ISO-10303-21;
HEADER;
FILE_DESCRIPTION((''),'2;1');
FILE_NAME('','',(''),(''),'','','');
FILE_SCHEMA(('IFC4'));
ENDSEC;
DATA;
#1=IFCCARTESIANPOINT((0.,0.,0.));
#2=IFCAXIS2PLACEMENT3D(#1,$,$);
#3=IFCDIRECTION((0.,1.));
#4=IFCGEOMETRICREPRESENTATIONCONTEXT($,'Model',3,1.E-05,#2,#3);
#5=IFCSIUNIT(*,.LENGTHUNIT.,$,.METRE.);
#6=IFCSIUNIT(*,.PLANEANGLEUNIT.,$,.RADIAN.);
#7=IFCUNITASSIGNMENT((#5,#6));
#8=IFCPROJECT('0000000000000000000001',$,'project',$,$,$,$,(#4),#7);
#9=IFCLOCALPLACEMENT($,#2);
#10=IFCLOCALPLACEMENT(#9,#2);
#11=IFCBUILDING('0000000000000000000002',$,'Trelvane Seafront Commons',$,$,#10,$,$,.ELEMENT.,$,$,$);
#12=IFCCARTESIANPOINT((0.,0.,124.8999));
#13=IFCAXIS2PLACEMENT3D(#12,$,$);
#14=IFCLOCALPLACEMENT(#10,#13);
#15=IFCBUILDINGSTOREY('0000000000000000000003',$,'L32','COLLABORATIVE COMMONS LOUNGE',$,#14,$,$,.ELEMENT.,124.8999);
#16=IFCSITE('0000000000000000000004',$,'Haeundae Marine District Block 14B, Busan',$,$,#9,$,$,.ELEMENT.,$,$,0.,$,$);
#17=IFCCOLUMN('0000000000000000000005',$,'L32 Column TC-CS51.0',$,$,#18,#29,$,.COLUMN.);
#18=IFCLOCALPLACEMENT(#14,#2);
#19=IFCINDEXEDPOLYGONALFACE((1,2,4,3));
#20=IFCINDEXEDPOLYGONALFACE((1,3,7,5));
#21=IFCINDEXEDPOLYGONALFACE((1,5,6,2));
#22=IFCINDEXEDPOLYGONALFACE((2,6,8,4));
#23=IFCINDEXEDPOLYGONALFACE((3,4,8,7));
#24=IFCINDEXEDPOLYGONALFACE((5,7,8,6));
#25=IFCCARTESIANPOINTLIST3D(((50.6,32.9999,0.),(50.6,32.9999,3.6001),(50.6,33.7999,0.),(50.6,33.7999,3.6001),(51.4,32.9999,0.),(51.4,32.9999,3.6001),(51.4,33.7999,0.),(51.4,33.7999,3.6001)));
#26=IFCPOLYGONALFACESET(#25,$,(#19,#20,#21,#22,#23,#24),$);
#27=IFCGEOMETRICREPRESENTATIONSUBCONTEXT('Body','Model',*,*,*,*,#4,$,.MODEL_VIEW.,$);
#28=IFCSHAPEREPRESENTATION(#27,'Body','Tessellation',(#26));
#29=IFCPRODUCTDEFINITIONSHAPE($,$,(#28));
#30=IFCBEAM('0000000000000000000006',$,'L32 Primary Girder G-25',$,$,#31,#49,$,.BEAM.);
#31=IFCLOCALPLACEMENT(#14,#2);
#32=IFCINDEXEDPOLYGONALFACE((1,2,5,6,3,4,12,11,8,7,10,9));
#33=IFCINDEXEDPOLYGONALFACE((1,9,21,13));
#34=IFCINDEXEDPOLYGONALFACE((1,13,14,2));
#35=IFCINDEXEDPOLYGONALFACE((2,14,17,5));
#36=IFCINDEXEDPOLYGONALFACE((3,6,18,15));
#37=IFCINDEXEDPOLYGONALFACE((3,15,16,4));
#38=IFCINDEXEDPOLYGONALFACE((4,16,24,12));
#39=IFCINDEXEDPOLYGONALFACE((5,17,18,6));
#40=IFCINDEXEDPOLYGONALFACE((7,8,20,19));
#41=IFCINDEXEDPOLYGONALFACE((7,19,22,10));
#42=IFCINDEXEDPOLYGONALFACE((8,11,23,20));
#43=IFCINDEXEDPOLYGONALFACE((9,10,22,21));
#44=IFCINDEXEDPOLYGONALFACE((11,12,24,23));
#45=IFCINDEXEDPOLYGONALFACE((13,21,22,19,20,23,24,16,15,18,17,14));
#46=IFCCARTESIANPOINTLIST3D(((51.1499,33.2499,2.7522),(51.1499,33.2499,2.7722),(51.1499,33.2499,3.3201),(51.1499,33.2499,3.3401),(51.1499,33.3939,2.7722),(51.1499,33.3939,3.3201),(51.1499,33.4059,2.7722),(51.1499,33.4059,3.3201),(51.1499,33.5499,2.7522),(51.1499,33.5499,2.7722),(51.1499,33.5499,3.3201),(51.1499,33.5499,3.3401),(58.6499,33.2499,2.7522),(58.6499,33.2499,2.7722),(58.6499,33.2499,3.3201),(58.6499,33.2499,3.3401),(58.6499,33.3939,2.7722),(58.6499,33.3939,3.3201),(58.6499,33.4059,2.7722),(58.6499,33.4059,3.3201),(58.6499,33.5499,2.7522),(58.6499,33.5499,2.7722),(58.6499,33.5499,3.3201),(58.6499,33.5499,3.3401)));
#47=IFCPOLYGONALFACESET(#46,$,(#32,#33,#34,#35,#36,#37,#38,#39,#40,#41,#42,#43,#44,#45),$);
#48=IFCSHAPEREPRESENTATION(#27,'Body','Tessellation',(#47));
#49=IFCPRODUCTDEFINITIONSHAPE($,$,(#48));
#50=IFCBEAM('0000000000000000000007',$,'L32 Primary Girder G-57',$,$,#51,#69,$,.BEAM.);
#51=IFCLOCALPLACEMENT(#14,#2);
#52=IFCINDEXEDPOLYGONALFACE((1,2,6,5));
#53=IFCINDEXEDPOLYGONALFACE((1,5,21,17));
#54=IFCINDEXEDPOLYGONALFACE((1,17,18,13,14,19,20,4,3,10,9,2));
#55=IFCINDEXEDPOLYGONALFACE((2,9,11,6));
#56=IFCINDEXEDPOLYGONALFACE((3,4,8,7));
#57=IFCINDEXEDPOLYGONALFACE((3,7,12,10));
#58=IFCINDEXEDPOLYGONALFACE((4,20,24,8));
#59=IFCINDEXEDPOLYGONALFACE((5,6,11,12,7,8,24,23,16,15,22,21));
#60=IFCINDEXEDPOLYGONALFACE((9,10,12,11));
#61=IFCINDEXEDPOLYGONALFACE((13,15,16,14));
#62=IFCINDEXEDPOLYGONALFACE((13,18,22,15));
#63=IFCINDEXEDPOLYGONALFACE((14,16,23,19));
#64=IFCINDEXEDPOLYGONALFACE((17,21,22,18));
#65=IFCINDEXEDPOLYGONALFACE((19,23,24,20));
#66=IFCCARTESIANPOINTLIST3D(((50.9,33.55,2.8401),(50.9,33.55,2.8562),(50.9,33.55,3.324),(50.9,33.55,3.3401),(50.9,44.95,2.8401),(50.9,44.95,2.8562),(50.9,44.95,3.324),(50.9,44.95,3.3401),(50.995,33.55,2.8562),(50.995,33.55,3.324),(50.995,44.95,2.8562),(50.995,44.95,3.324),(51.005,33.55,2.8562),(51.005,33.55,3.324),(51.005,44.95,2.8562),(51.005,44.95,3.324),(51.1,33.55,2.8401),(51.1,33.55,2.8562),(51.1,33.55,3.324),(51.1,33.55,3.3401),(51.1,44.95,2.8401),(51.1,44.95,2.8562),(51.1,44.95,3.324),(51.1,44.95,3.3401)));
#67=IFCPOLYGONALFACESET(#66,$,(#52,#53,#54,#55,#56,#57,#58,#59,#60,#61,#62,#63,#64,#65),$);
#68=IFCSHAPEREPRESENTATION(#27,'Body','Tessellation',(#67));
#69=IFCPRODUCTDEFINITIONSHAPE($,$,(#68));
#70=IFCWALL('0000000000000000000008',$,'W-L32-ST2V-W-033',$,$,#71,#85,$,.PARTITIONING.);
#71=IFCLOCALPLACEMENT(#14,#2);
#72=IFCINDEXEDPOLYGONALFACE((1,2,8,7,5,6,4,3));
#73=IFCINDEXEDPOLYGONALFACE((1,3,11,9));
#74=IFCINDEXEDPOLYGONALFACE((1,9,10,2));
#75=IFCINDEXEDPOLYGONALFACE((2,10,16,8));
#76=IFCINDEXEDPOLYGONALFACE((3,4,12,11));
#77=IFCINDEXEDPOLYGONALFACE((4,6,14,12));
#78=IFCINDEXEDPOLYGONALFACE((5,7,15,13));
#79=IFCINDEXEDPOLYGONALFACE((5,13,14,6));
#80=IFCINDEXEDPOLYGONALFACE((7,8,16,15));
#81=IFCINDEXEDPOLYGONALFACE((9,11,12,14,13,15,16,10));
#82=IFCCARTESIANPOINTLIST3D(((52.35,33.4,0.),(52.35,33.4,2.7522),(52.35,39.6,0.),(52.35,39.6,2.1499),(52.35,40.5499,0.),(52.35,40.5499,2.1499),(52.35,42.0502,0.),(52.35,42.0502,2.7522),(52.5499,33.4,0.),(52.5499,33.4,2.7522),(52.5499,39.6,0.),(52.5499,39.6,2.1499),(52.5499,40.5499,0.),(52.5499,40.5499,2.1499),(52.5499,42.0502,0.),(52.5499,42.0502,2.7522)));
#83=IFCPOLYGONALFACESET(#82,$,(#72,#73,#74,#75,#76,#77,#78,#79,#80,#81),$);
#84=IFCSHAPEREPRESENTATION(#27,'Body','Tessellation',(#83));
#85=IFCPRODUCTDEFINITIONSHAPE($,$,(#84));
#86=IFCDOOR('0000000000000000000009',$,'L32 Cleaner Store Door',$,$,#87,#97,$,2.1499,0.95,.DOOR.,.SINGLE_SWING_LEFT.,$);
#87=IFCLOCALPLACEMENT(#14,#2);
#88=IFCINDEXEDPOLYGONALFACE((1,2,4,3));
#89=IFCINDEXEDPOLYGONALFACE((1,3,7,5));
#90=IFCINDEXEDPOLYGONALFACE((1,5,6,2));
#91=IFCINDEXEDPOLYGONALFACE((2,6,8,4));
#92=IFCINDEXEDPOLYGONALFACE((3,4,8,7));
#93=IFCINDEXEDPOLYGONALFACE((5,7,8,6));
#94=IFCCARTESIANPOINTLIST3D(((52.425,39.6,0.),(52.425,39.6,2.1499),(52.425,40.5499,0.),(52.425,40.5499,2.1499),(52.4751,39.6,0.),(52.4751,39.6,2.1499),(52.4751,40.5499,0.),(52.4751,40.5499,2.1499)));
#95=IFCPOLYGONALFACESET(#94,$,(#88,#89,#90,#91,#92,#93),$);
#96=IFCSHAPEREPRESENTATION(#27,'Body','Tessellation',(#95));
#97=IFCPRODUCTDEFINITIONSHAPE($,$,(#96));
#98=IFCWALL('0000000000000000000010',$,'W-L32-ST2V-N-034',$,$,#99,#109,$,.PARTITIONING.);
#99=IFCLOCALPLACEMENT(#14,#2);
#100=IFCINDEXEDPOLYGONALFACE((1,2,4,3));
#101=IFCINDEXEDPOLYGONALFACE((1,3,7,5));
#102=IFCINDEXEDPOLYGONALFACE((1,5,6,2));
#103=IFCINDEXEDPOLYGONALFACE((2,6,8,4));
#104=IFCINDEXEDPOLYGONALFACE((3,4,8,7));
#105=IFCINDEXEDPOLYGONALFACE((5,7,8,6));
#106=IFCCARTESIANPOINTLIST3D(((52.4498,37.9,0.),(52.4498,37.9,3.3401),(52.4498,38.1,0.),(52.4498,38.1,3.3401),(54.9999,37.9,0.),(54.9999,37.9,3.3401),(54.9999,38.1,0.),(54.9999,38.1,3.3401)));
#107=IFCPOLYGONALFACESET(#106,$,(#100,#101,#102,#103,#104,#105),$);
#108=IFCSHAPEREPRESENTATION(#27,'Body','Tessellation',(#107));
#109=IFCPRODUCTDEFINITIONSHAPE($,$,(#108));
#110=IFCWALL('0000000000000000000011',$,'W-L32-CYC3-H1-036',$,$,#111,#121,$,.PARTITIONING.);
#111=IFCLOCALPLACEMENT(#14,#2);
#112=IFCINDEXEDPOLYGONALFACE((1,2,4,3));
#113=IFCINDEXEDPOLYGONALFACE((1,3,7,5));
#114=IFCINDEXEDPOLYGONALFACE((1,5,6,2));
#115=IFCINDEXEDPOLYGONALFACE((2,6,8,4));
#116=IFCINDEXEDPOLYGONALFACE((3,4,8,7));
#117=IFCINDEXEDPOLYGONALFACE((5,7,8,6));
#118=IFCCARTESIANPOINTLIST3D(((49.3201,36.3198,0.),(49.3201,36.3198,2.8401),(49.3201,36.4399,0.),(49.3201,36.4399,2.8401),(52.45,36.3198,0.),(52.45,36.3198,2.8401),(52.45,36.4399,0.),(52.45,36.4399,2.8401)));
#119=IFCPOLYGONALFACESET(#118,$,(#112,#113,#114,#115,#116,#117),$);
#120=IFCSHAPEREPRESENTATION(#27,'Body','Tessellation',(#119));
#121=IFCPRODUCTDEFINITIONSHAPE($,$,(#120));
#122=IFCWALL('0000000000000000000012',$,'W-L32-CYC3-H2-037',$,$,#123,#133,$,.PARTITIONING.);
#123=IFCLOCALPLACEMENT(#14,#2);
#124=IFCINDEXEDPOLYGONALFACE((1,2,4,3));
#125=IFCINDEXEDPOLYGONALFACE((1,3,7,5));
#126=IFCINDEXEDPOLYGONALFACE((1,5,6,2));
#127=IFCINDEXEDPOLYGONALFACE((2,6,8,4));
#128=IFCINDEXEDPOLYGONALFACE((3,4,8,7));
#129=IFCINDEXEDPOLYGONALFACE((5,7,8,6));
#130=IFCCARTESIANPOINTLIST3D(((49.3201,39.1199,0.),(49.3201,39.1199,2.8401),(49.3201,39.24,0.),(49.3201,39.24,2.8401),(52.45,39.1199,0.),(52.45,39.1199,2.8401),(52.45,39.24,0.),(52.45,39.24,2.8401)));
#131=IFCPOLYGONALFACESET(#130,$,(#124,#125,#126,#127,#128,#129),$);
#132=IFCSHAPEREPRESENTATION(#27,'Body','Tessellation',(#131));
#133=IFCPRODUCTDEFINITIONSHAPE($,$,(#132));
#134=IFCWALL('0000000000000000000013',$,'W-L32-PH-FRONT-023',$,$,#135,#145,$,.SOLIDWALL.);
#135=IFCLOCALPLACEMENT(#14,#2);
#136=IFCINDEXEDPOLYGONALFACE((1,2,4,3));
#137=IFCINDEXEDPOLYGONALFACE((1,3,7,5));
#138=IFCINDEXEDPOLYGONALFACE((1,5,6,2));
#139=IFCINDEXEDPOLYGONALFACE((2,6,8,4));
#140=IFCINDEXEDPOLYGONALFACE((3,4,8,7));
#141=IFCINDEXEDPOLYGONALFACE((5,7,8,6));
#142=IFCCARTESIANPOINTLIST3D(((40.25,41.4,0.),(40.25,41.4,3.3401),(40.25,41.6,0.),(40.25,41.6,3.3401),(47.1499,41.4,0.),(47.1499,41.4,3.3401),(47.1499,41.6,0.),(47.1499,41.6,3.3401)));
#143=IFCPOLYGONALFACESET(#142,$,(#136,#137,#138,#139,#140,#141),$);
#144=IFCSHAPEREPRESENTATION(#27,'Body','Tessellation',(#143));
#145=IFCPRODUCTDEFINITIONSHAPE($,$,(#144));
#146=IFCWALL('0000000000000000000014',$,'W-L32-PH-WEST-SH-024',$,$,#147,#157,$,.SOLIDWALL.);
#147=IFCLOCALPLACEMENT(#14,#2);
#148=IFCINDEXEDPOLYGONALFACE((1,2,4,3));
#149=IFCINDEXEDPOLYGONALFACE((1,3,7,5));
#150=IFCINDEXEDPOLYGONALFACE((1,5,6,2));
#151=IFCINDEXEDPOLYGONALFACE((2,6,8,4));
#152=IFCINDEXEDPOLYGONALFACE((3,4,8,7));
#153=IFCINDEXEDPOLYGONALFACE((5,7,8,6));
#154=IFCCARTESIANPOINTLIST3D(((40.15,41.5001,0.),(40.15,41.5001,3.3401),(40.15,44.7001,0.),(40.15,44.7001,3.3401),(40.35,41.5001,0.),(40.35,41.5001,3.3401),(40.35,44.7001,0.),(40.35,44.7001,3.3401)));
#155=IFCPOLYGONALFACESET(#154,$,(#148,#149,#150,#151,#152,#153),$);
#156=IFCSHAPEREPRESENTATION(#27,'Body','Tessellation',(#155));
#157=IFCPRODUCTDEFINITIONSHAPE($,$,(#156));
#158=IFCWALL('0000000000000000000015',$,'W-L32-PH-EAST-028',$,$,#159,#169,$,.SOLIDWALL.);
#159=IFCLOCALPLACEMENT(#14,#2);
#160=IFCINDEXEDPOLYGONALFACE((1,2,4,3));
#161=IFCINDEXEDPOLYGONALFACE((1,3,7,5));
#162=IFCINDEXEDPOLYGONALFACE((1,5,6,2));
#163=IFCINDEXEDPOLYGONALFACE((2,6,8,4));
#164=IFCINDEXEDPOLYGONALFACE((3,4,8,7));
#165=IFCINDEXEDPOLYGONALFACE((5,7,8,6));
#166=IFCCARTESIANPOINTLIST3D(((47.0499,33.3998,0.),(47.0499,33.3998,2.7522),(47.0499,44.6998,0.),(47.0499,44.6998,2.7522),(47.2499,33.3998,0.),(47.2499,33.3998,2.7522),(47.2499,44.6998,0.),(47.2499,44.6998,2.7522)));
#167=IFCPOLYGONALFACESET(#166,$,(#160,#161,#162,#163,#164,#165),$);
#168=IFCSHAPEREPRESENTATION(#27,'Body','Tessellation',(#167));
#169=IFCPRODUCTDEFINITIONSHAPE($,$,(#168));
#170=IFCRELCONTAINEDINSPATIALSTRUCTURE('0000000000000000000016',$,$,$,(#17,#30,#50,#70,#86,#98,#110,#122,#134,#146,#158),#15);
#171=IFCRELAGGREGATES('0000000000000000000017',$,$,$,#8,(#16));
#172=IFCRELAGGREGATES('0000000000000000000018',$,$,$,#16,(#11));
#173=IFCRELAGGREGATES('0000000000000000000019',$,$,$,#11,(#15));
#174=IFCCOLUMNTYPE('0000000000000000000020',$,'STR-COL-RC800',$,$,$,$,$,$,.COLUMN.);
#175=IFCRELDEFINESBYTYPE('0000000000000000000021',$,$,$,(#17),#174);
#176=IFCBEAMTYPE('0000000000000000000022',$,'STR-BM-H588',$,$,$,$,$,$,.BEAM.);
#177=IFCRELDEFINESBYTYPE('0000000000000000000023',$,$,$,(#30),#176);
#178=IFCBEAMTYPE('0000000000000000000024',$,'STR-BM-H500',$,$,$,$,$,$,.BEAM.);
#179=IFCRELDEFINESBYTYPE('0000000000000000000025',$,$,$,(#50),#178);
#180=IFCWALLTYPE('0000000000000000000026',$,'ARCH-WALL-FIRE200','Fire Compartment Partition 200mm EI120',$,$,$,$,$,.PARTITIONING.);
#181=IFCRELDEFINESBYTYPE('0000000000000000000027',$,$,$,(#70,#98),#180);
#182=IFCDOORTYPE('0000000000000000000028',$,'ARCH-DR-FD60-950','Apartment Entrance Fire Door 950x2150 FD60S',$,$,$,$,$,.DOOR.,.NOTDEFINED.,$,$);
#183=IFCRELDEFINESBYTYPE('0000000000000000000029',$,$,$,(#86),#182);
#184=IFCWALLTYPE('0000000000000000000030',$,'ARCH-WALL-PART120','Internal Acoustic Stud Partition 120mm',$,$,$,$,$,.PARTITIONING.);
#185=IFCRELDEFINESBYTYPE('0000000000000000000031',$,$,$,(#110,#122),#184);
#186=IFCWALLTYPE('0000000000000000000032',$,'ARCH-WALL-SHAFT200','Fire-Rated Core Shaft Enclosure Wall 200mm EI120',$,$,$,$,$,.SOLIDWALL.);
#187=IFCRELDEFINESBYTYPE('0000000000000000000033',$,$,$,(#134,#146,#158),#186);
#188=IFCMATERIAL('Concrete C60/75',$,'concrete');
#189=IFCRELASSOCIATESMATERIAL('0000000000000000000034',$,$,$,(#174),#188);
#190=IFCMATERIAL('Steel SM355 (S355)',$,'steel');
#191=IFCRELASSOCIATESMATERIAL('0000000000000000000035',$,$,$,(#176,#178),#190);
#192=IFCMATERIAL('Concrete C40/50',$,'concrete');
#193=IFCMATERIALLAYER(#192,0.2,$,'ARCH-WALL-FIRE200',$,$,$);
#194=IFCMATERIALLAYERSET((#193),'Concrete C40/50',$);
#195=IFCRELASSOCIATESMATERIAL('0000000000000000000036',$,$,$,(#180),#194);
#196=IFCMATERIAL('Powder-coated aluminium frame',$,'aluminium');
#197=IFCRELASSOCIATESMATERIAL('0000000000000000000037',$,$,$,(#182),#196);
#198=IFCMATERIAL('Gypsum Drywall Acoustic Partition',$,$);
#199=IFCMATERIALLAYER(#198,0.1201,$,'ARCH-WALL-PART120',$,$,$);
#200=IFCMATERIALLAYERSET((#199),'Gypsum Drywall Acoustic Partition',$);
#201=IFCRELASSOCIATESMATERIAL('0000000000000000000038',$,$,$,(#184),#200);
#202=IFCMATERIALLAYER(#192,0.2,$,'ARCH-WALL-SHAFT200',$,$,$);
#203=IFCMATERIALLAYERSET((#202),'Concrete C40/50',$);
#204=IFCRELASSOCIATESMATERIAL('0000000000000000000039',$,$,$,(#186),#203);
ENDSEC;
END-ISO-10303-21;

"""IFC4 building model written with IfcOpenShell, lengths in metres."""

from ifc_helpers import new_model, si_unit, direction, frame, frame_2d, origin, origin_2d, place, context, subcontext, project, spatial, rectangle, i_section, extrude, source, transform, mapped, material, layer, layer_set, material_profile, profile_set, type_object, element, fill, save


model = new_model("IFC4")

# Units and contexts
model_context = context("Model", 3, precision=1e-05, world=origin(), true_north=direction((0.0, 1.0)))
body_context = subcontext(model_context, "Body", "Model", "MODEL_VIEW")
ifc_project = project(units=[si_unit("LENGTHUNIT", "METRE"), si_unit("PLANEANGLEUNIT", "RADIAN")], contexts=[model_context])

# Site, building, storey
site_placement = place(None, origin())
site = spatial("IfcSite", under=ifc_project, at=site_placement, Name="Haeundae Marine District Block 14B, Busan", CompositionType="ELEMENT", RefElevation=0.0)
building_placement = place(site_placement, origin())
building = spatial("IfcBuilding", under=site, at=building_placement, Name="Trelvane Seafront Commons", CompositionType="ELEMENT")
storey_placement = place(building_placement, frame((0.0, 0.0, 124.8999)))
storey = spatial("IfcBuildingStorey", under=building, at=storey_placement, Name="L32", Description="COLLABORATIVE COMMONS LOUNGE", CompositionType="ELEMENT", Elevation=124.8999)

# Column
ifc_material_1 = material(Name="Concrete C60/75", Category="concrete")
ifc_material_profile_1 = material_profile(ifc_material_1, rectangle(XDim=0.8, YDim=0.8, at=origin_2d()), Name="RC-800x800")
ifc_profile_set_1 = profile_set([ifc_material_profile_1], Name="Concrete C60/75")
column_type = type_object("IfcColumnType", Name="STR-COL-RC800", PredefinedType="COLUMN", material=ifc_profile_set_1)
shared_shape_1 = source(origin(), body_context, "Body", "SweptSolid", [
    extrude(rectangle(XDim=0.8, YDim=0.8, at=origin_2d()), origin(), (0.0, 0.0, 1.0), 3.6001),
])
column_placement = place(storey_placement, frame((51.0, 33.3999, 0.0), z_axis=(0.0, 0.0, 1.0), x_axis=(1.0, 0.0, 0.0)))
element("IfcColumn", 1, at=column_placement, inside=storey, type_object=column_type, Name="L32 Column TC-CS51.0", PredefinedType="COLUMN", context=body_context, shape_type="MappedRepresentation", body=[
    mapped(shared_shape_1, transform((0.0, 0.0, 0.0), x_axis=(1.0, 0.0, 0.0), y_axis=(0.0, 1.0, 0.0), z_axis=(0.0, 0.0, 1.0), scale=1.0)),
])

# Beams
ifc_material_2 = material(Name="Steel SM355 (S355)", Category="steel")
ifc_material_profile_2 = material_profile(ifc_material_2, i_section(OverallWidth=0.3, OverallDepth=0.5879, WebThickness=0.012, FlangeThickness=0.02, at=origin_2d()), Name="H-588x300x12x20")
ifc_profile_set_2 = profile_set([ifc_material_profile_2], Name="Steel SM355 (S355)")
beam_type_1 = type_object("IfcBeamType", Name="STR-BM-H588", PredefinedType="BEAM", material=ifc_profile_set_2)
shared_shape_2 = source(origin(), body_context, "Body", "SweptSolid", [
    extrude(i_section(OverallWidth=0.3, OverallDepth=0.5879, WebThickness=0.012, FlangeThickness=0.02, at=origin_2d()), origin(), (0.0, 0.0, 1.0), 7.5),
])
beam_1_placement = place(storey_placement, frame((51.1499, 33.3999, 3.0461), z_axis=(1.0, 0.0, 0.0), x_axis=(0.0, 1.0, 0.0)))
element("IfcBeam", 2, at=beam_1_placement, inside=storey, type_object=beam_type_1, Name="L32 Primary Girder G-25", PredefinedType="BEAM", context=body_context, shape_type="MappedRepresentation", body=[
    mapped(shared_shape_2, transform((0.0, 0.0, 0.0), x_axis=(1.0, 0.0, 0.0), y_axis=(0.0, 1.0, 0.0), z_axis=(0.0, 0.0, 1.0), scale=1.0)),
])
ifc_material_profile_3 = material_profile(ifc_material_2, i_section(OverallWidth=0.2, OverallDepth=0.5, WebThickness=0.01, FlangeThickness=0.0161, at=origin_2d()), Name="H-500x200x10x16")
ifc_profile_set_3 = profile_set([ifc_material_profile_3], Name="Steel SM355 (S355)")
beam_type_2 = type_object("IfcBeamType", Name="STR-BM-H500", PredefinedType="BEAM", material=ifc_profile_set_3)
shared_shape_3 = source(origin(), body_context, "Body", "SweptSolid", [
    extrude(i_section(OverallWidth=0.2, OverallDepth=0.5, WebThickness=0.01, FlangeThickness=0.0161, at=origin_2d()), origin(), (0.0, 0.0, 1.0), 11.3999),
])
beam_2_placement = place(storey_placement, frame((51.0, 33.55, 3.0901), z_axis=(0.0, 1.0, 0.0), x_axis=(-1.0, 0.0, 0.0)))
element("IfcBeam", 3, at=beam_2_placement, inside=storey, type_object=beam_type_2, Name="L32 Primary Girder G-57", PredefinedType="BEAM", context=body_context, shape_type="MappedRepresentation", body=[
    mapped(shared_shape_3, transform((0.0, 0.0, 0.0), x_axis=(1.0, 0.0, 0.0), y_axis=(0.0, 1.0, 0.0), z_axis=(0.0, 0.0, 1.0), scale=1.0)),
])

# Wall, opening, door
ifc_material_3 = material(Name="Concrete C40/50", Category="concrete")
ifc_layer_1 = layer(ifc_material_3, 0.2, Name="ARCH-WALL-FIRE200")
ifc_layer_set_1 = layer_set([ifc_layer_1], Name="Concrete C40/50")
wall_type_1 = type_object("IfcWallType", Name="ARCH-WALL-FIRE200", Description="Fire Compartment Partition 200mm EI120", PredefinedType="PARTITIONING", material=ifc_layer_set_1)
wall_1_placement = place(storey_placement, frame((52.45, 33.3999, 0.0), z_axis=(0.0, 0.0, 1.0), x_axis=(0.0, 1.0, 0.0)))
wall_1 = element("IfcWall", 4, at=wall_1_placement, inside=storey, type_object=wall_type_1, Name="W-L32-ST2V-W-033", PredefinedType="PARTITIONING", context=body_context, shape_type="SweptSolid", body=[
    extrude(rectangle(XDim=8.6501, YDim=0.2, at=frame_2d((4.3252, 0.0))), origin(), (0.0, 0.0, 1.0), 2.7522),
])
opening_1_placement = place(wall_1_placement, frame((6.2, 0.0, 0.0)))
opening_1 = element("IfcOpeningElement", 5, at=opening_1_placement, cuts=wall_1, PredefinedType="OPENING", context=body_context, shape_type="SweptSolid", body=[
    extrude(rectangle(XDim=0.95, YDim=2.1499, at=frame_2d((0.4751, 1.075))), frame((0.0, 0.1099, 0.0), z_axis=(0.0, -1.0, 0.0), x_axis=(1.0, 0.0, 0.0)), (0.0, 0.0, 1.0), 0.22),
])
ifc_material_4 = material(Name="Powder-coated aluminium frame", Category="aluminium")
door_type_1 = type_object("IfcDoorType", Name="ARCH-DR-FD60-950", Description="Apartment Entrance Fire Door 950x2150 FD60S", OperationType="NOTDEFINED", PredefinedType="DOOR", material=ifc_material_4)
shared_shape_4 = source(origin(), body_context, "Body", "SweptSolid", [
    extrude(rectangle(XDim=0.95, YDim=2.1499, at=frame_2d((0.4751, 1.075))), frame((0.0, 0.0249, 0.0), z_axis=(0.0, -1.0, 0.0), x_axis=(1.0, 0.0, 0.0)), (0.0, 0.0, 1.0), 0.05),
])
door_1_placement = place(opening_1_placement, origin())
door_1 = element("IfcDoor", 6, at=door_1_placement, inside=storey, type_object=door_type_1, Name="L32 Cleaner Store Door", OperationType="SINGLE_SWING_LEFT", OverallHeight=2.1499, OverallWidth=0.95, PredefinedType="DOOR", context=body_context, shape_type="MappedRepresentation", body=[
    mapped(shared_shape_4, transform((0.0, 0.0, 0.0), x_axis=(1.0, 0.0, 0.0), y_axis=(0.0, 1.0, 0.0), z_axis=(0.0, 0.0, 1.0), scale=1.0)),
])
fill(opening_1, door_1)

# Wall
wall_2_placement = place(storey_placement, frame((52.45, 38.0, 0.0), z_axis=(0.0, 0.0, 1.0), x_axis=(1.0, 0.0, 0.0)))
element("IfcWall", 7, at=wall_2_placement, inside=storey, type_object=wall_type_1, Name="W-L32-ST2V-N-034", PredefinedType="PARTITIONING", context=body_context, shape_type="SweptSolid", body=[
    extrude(rectangle(XDim=2.55, YDim=0.2, at=frame_2d((1.2749, 0.0))), origin(), (0.0, 0.0, 1.0), 3.3401),
])

# Shared definitions
ifc_material_5 = material(Name="Gypsum Drywall Acoustic Partition")
ifc_layer_2 = layer(ifc_material_5, 0.1201, Name="ARCH-WALL-PART120")
ifc_layer_set_2 = layer_set([ifc_layer_2], Name="Gypsum Drywall Acoustic Partition")
wall_type_2 = type_object("IfcWallType", Name="ARCH-WALL-PART120", Description="Internal Acoustic Stud Partition 120mm", PredefinedType="PARTITIONING", material=ifc_layer_set_2)

# Walls
for number, where, z_axis, x_axis, name in (
    (8, (49.3201, 36.3799, 0.0), (0.0, 0.0, 1.0), (1.0, 0.0, 0.0), "W-L32-CYC3-H1-036"),
    (9, (49.3201, 39.1799, 0.0), (0.0, 0.0, 1.0), (1.0, 0.0, 0.0), "W-L32-CYC3-H2-037"),
):
    element("IfcWall", number, at=place(storey_placement, frame(where, z_axis=z_axis, x_axis=x_axis)), inside=storey, type_object=wall_type_2, Name=name, PredefinedType="PARTITIONING", context=body_context, shape_type="SweptSolid", body=[
        extrude(rectangle(XDim=3.1299, YDim=0.1201, at=frame_2d((1.5649, 0.0))), origin(), (0.0, 0.0, 1.0), 2.8401),
    ])
ifc_layer_3 = layer(ifc_material_3, 0.2, Name="ARCH-WALL-SHAFT200")
ifc_layer_set_3 = layer_set([ifc_layer_3], Name="Concrete C40/50")
wall_type_3 = type_object("IfcWallType", Name="ARCH-WALL-SHAFT200", Description="Fire-Rated Core Shaft Enclosure Wall 200mm EI120", PredefinedType="SOLIDWALL", material=ifc_layer_set_3)
wall_3_placement = place(storey_placement, frame((40.25, 41.5, 0.0), z_axis=(0.0, 0.0, 1.0), x_axis=(1.0, 0.0, 0.0)))
element("IfcWall", 10, at=wall_3_placement, inside=storey, type_object=wall_type_3, Name="W-L32-PH-FRONT-023", PredefinedType="SOLIDWALL", context=body_context, shape_type="SweptSolid", body=[
    extrude(rectangle(XDim=6.8999, YDim=0.2, at=frame_2d((3.45, 0.0))), origin(), (0.0, 0.0, 1.0), 3.3401),
])
wall_4_placement = place(storey_placement, frame((40.25, 41.5, 0.0), z_axis=(0.0, 0.0, 1.0), x_axis=(0.0, 1.0, 0.0)))
element("IfcWall", 11, at=wall_4_placement, inside=storey, type_object=wall_type_3, Name="W-L32-PH-WEST-SH-024", PredefinedType="SOLIDWALL", context=body_context, shape_type="SweptSolid", body=[
    extrude(rectangle(XDim=3.2, YDim=0.2, at=frame_2d((1.6001, 0.0))), origin(), (0.0, 0.0, 1.0), 3.3401),
])
wall_5_placement = place(storey_placement, frame((47.1499, 33.3999, 0.0), z_axis=(0.0, 0.0, 1.0), x_axis=(0.0, 1.0, 0.0)))
element("IfcWall", 12, at=wall_5_placement, inside=storey, type_object=wall_type_3, Name="W-L32-PH-EAST-028", PredefinedType="SOLIDWALL", context=body_context, shape_type="SweptSolid", body=[
    extrude(rectangle(XDim=11.3, YDim=0.2, at=frame_2d((5.6499, 0.0))), origin(), (0.0, 0.0, 1.0), 2.7522),
])

save(model, "model.ifc")
